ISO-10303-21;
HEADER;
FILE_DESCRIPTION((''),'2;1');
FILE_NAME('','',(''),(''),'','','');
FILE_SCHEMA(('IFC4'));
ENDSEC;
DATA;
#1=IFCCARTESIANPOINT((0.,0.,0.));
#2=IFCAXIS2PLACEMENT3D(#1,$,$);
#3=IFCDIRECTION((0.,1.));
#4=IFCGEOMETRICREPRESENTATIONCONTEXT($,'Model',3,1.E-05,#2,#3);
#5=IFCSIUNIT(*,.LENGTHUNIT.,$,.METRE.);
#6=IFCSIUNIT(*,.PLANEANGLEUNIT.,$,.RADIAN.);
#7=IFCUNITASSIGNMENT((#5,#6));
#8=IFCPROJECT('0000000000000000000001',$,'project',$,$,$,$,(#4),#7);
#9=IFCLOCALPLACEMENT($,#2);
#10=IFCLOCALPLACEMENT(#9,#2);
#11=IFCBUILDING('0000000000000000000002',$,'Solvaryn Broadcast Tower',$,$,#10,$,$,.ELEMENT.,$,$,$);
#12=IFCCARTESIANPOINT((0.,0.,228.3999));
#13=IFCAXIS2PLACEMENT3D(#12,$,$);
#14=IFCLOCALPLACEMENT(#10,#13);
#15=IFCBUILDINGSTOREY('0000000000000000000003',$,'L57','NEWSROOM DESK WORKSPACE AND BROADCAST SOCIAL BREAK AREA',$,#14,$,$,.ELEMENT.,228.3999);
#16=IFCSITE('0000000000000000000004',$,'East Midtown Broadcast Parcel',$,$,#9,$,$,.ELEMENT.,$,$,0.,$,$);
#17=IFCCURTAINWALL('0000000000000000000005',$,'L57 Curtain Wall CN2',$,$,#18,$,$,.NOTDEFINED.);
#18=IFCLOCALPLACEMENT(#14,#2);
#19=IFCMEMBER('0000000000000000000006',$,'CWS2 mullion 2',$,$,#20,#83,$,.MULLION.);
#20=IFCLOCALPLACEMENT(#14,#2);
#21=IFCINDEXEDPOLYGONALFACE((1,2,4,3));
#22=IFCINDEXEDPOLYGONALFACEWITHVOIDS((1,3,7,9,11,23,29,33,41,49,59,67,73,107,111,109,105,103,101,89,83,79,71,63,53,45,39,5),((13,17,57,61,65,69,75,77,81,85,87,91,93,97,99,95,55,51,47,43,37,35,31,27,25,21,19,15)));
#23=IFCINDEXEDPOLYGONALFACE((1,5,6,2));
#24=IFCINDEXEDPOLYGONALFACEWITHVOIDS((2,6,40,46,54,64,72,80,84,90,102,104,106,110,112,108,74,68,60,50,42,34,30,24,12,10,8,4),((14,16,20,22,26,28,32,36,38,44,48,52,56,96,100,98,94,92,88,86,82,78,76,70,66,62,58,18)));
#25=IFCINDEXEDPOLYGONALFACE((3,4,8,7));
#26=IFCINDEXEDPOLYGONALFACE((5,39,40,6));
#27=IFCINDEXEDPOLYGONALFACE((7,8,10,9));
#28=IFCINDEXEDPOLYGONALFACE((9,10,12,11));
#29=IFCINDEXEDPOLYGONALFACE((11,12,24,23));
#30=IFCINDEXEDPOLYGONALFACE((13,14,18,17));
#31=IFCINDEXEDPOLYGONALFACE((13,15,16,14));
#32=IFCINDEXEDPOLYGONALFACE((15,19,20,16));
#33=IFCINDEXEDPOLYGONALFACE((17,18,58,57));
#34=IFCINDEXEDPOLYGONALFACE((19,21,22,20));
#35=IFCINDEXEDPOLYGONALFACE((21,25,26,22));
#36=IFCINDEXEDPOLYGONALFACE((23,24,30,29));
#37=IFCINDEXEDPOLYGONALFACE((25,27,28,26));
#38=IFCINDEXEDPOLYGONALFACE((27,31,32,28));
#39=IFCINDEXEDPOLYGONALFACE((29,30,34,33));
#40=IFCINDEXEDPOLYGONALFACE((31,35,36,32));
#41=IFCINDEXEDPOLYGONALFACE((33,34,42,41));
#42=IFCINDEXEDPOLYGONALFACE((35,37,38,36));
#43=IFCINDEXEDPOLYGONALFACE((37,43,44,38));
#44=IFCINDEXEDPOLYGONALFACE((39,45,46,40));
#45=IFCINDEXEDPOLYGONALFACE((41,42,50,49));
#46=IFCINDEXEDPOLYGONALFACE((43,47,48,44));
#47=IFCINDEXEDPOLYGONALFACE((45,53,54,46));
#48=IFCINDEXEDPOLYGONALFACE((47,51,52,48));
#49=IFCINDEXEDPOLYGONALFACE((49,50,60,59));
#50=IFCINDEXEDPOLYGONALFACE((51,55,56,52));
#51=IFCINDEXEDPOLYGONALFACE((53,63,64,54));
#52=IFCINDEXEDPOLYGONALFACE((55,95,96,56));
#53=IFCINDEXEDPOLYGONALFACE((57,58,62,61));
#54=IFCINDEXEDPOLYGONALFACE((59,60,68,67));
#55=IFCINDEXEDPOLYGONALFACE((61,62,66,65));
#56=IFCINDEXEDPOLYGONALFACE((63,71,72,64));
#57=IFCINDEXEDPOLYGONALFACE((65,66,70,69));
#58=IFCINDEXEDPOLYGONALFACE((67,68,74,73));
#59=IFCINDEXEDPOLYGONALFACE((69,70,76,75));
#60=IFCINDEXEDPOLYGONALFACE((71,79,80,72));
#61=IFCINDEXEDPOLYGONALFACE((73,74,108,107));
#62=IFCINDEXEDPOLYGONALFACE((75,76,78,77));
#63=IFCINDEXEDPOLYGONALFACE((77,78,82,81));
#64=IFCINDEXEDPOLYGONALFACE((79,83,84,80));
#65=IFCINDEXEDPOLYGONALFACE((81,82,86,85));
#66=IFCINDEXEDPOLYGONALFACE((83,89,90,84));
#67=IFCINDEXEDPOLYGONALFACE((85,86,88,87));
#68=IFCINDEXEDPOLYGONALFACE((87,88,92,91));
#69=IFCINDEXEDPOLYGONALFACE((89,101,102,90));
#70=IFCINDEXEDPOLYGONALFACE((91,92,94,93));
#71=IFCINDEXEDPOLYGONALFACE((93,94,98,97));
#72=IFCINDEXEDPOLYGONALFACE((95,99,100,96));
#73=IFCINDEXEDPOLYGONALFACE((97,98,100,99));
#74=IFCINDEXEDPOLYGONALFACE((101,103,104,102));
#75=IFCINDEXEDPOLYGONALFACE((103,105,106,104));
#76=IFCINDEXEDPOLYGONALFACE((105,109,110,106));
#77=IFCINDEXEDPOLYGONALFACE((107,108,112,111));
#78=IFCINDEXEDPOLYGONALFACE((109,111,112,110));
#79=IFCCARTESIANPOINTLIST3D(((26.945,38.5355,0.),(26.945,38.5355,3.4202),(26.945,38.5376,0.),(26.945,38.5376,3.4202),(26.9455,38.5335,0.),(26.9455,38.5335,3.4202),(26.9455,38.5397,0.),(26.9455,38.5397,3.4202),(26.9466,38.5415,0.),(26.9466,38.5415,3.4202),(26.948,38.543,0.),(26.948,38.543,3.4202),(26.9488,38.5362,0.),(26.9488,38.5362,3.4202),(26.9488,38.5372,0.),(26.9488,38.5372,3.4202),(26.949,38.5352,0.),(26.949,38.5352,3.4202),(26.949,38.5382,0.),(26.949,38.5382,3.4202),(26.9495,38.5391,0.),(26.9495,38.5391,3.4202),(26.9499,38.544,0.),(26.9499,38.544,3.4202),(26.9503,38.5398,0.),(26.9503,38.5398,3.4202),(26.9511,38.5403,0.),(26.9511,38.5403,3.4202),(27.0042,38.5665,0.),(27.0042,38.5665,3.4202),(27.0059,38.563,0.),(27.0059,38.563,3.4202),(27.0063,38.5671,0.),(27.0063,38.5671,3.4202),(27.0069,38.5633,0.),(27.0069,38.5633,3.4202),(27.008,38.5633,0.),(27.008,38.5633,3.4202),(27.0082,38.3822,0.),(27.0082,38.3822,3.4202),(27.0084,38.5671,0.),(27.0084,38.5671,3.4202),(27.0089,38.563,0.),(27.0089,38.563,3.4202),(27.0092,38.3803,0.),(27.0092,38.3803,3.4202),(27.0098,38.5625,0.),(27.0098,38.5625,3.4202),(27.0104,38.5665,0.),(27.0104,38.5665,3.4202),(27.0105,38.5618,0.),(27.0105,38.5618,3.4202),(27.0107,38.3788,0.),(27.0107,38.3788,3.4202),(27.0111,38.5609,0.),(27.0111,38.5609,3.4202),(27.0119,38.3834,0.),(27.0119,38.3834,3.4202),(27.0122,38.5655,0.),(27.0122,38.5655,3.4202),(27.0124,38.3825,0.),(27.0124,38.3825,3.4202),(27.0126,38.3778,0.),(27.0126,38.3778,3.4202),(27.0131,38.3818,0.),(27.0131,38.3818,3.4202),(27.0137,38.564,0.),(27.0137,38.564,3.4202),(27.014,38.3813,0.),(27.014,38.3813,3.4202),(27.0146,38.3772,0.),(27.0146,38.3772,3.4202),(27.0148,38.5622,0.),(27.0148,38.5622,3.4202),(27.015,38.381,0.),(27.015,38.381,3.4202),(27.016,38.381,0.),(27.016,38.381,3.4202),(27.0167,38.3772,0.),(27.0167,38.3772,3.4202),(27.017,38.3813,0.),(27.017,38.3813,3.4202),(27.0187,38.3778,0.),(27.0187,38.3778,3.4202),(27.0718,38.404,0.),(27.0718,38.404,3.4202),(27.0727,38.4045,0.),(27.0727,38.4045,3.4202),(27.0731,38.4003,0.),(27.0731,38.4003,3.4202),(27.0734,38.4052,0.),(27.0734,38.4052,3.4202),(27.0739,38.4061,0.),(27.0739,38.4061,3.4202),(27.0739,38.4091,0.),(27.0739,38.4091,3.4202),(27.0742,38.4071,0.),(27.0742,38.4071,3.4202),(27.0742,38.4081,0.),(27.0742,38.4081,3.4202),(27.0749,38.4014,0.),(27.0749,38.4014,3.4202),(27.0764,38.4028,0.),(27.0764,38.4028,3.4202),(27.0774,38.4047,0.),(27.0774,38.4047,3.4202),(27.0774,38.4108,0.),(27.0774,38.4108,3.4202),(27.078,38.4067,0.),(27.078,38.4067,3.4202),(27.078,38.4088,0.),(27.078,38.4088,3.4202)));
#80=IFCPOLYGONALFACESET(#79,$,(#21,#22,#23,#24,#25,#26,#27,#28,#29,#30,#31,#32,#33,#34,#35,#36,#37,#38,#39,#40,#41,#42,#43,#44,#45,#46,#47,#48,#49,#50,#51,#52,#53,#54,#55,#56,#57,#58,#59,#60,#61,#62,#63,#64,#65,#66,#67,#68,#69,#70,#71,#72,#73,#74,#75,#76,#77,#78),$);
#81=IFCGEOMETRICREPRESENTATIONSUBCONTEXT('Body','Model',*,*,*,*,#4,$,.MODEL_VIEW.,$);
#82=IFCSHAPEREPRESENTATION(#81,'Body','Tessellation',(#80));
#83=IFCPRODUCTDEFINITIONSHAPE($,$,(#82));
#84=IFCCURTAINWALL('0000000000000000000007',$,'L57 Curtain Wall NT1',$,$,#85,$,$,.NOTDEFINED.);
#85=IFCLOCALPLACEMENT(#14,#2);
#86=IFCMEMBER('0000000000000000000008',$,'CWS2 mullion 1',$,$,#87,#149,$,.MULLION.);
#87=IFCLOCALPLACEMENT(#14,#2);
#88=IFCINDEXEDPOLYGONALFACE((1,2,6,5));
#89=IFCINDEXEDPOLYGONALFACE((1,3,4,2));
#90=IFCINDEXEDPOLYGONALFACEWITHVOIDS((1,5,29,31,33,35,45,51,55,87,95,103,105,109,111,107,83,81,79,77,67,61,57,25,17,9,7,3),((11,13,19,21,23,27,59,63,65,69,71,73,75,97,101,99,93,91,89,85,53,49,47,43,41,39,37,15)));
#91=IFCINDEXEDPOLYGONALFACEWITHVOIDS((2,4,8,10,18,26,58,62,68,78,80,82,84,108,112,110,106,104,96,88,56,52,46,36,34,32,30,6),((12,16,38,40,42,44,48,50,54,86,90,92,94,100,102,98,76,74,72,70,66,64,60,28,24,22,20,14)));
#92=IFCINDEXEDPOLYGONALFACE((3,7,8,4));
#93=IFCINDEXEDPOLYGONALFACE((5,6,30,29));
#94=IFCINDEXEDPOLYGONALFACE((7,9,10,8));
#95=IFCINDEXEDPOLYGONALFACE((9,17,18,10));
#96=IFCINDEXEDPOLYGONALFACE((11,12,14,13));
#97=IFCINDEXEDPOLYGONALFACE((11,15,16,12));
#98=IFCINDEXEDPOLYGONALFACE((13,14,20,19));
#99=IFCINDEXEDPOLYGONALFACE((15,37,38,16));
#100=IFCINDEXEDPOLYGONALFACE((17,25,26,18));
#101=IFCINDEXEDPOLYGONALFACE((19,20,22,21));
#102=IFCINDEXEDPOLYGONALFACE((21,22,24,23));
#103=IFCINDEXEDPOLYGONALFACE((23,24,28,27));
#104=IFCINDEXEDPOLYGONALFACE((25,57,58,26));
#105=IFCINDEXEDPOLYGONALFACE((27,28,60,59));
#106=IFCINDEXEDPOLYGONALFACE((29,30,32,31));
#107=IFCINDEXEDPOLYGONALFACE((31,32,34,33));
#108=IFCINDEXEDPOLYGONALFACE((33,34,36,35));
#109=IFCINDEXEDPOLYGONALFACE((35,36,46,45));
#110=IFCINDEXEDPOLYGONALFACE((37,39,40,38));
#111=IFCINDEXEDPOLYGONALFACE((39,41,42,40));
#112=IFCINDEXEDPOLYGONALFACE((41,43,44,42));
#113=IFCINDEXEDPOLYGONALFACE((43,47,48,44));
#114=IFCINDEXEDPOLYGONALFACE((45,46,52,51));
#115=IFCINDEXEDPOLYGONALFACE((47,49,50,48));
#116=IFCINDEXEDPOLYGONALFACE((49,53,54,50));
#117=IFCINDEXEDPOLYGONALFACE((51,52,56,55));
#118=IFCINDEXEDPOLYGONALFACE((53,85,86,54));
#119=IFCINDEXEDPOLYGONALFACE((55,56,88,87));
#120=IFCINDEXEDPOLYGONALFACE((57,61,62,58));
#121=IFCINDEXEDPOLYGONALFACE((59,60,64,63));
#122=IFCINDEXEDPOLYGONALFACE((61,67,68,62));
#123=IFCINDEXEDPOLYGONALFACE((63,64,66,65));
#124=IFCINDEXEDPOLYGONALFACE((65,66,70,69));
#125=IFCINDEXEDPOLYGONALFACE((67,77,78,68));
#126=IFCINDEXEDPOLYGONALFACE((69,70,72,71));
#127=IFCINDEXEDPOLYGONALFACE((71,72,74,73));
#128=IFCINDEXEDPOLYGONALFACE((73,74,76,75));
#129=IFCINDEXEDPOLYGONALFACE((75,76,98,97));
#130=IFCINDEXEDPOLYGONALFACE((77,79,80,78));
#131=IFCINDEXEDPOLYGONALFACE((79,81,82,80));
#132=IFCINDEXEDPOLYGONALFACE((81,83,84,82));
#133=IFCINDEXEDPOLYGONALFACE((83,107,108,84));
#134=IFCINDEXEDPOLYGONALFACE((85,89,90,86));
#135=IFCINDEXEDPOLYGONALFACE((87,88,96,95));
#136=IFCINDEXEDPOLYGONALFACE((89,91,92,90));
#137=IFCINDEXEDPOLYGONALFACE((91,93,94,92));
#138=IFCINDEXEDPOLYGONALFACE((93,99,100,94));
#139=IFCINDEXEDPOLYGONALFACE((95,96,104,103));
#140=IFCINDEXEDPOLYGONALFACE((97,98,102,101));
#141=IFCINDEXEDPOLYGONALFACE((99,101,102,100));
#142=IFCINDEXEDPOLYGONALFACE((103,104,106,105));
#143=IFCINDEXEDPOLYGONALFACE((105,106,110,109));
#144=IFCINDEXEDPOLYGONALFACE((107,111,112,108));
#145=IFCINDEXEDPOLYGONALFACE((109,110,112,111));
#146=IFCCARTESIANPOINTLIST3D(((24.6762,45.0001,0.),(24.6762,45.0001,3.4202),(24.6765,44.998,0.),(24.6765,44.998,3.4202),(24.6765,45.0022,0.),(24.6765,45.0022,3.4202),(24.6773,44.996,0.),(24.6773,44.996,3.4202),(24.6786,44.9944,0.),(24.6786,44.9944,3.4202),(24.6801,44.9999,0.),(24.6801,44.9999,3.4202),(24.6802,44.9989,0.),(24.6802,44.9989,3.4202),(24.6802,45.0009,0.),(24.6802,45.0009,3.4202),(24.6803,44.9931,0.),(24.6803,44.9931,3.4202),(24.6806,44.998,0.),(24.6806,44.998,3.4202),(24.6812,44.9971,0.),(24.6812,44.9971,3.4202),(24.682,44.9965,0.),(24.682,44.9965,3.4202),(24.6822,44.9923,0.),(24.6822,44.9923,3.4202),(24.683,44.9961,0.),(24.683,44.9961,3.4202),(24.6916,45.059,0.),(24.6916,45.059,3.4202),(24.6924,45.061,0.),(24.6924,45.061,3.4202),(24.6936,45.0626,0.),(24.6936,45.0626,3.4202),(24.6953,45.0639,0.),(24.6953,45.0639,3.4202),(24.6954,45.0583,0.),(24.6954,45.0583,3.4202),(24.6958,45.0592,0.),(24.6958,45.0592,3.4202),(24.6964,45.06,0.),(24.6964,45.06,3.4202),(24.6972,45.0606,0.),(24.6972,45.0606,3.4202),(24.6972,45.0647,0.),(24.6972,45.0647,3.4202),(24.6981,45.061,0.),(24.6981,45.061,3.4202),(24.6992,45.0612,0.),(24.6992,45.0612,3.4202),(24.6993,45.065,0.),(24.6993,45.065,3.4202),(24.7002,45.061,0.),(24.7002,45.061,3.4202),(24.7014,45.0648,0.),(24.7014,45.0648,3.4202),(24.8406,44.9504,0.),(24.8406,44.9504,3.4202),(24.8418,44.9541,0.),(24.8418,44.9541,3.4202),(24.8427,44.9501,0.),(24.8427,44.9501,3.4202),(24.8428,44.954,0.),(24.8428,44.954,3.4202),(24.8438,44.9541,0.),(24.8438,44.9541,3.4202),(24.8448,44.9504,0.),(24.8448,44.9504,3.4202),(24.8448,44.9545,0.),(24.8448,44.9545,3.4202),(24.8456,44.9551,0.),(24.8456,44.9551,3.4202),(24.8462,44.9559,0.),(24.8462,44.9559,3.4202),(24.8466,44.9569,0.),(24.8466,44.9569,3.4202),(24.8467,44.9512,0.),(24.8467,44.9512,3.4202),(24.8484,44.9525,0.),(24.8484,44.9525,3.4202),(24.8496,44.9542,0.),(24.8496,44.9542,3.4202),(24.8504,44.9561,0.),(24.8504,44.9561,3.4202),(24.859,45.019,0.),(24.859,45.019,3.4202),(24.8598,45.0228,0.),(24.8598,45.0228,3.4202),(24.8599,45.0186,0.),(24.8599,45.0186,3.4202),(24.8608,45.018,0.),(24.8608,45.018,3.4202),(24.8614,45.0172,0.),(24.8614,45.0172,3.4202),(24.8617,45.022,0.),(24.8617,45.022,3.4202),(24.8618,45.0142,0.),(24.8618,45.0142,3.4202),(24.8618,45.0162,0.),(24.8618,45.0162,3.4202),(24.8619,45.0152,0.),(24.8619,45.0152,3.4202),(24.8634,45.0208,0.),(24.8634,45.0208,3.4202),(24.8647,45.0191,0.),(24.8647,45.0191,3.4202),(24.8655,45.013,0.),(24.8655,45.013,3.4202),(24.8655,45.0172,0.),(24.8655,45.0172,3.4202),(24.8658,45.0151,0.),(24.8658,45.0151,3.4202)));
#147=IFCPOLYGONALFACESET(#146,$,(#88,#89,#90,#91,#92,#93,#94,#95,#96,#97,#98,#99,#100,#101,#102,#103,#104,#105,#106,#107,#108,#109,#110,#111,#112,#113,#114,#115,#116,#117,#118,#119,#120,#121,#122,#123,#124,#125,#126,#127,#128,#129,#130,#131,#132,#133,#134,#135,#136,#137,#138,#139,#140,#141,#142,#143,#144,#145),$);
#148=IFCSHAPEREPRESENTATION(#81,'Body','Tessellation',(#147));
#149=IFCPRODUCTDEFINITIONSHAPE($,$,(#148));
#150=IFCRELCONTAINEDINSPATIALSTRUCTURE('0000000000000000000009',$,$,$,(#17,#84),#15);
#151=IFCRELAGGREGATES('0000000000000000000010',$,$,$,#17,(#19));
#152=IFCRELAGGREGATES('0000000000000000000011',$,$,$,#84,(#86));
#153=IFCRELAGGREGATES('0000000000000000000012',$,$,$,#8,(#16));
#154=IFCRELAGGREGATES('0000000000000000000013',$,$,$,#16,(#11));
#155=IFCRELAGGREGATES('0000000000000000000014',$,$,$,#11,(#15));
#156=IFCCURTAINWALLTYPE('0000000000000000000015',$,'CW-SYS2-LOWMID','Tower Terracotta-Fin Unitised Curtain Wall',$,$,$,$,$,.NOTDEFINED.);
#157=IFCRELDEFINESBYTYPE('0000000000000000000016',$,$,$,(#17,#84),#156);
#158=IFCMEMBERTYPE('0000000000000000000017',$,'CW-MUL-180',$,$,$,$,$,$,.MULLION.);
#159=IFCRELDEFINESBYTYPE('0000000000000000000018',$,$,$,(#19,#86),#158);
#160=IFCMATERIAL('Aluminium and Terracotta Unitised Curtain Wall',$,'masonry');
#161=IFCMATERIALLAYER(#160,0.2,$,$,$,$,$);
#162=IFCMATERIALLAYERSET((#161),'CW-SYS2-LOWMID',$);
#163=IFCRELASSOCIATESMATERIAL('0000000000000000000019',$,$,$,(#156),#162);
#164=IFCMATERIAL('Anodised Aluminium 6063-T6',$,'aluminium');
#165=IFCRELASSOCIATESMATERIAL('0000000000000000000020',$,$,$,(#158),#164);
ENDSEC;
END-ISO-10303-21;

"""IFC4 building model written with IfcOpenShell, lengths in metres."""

from ifc_helpers import new_model, si_unit, direction, frame, origin, origin_2d, place, context, subcontext, project, spatial, hollow_rectangle, extrude, material, layer, layer_set, material_profile, profile_set, type_object, element, aggregate, save


model = new_model("IFC4")

# Units and contexts
model_context = context("Model", 3, precision=1e-05, world=origin(), true_north=direction((0.0, 1.0)))
body_context = subcontext(model_context, "Body", "Model", "MODEL_VIEW")
ifc_project = project(units=[si_unit("LENGTHUNIT", "METRE"), si_unit("PLANEANGLEUNIT", "RADIAN")], contexts=[model_context])

# Site, building, storey
site_placement = place(None, origin())
site = spatial("IfcSite", under=ifc_project, at=site_placement, Name="East Midtown Broadcast Parcel", CompositionType="ELEMENT", RefElevation=0.0)
building_placement = place(site_placement, origin())
building = spatial("IfcBuilding", under=site, at=building_placement, Name="Solvaryn Broadcast Tower", CompositionType="ELEMENT")
storey_placement = place(building_placement, frame((0.0, 0.0, 228.3999)))
storey = spatial("IfcBuildingStorey", under=building, at=storey_placement, Name="L57", Description="NEWSROOM DESK WORKSPACE AND BROADCAST SOCIAL BREAK AREA", CompositionType="ELEMENT", Elevation=228.3999)

# Shared definitions
ifc_material_1 = material(Name="Aluminium and Terracotta Unitised Curtain Wall", Category="masonry")
ifc_layer_1 = layer(ifc_material_1, 0.2)
ifc_layer_set_1 = layer_set([ifc_layer_1], Name="CW-SYS2-LOWMID")
curtain_wall_type = type_object("IfcCurtainWallType", Name="CW-SYS2-LOWMID", Description="Tower Terracotta-Fin Unitised Curtain Wall", PredefinedType="NOTDEFINED", material=ifc_layer_set_1)
ifc_material_2 = material(Name="Anodised Aluminium 6063-T6", Category="aluminium")
ifc_material_profile_1 = material_profile(ifc_material_2, hollow_rectangle(XDim=0.075, YDim=0.1799, WallThickness=0.0039, InnerFilletRadius=0.0039, OuterFilletRadius=0.0081, at=origin_2d()))
ifc_profile_set_1 = profile_set([ifc_material_profile_1], Name="Anodised Aluminium 6063-T6")
member_type_1 = type_object("IfcMemberType", Name="CW-MUL-180", PredefinedType="MULLION", material=ifc_profile_set_1)

# Curtain walls, members
curtain_wall_1_placement = place(storey_placement, origin())
curtain_wall_1 = element("IfcCurtainWall", 1, at=curtain_wall_1_placement, inside=storey, type_object=curtain_wall_type, Name="L57 Curtain Wall CN2", PredefinedType="NOTDEFINED")
member_1_placement = place(storey_placement, frame((27.0115, 38.4722, 0.0), z_axis=(0.0, 0.0, 1.0), x_axis=(-0.923895, -0.382646, 0.0)))
member_1 = element("IfcMember", 2, at=member_1_placement, type_object=member_type_1, Name="CWS2 mullion 2", PredefinedType="MULLION", context=body_context, shape_type="SweptSolid", body=[
    extrude(hollow_rectangle(XDim=0.075, YDim=0.1799, WallThickness=0.0039, InnerFilletRadius=0.0039, OuterFilletRadius=0.0081, at=origin_2d()), origin(), (0.0, 0.0, 1.0), 3.4202),
])
aggregate(curtain_wall_1, [member_1])
curtain_wall_2_placement = place(storey_placement, origin())
curtain_wall_2 = element("IfcCurtainWall", 3, at=curtain_wall_2_placement, inside=storey, type_object=curtain_wall_type, Name="L57 Curtain Wall NT1", PredefinedType="NOTDEFINED")
member_2_placement = place(storey_placement, frame((24.771, 45.0076, 0.0), z_axis=(0.0, 0.0, 1.0), x_axis=(-0.255893, -0.966705, 0.0)))
member_2 = element("IfcMember", 4, at=member_2_placement, type_object=member_type_1, Name="CWS2 mullion 1", PredefinedType="MULLION", context=body_context, shape_type="SweptSolid", body=[
    extrude(hollow_rectangle(XDim=0.075, YDim=0.1799, WallThickness=0.0039, InnerFilletRadius=0.0039, OuterFilletRadius=0.0081, at=origin_2d()), origin(), (0.0, 0.0, 1.0), 3.4202),
])

aggregate(curtain_wall_2, [member_2])

save(model, "model.ifc")
